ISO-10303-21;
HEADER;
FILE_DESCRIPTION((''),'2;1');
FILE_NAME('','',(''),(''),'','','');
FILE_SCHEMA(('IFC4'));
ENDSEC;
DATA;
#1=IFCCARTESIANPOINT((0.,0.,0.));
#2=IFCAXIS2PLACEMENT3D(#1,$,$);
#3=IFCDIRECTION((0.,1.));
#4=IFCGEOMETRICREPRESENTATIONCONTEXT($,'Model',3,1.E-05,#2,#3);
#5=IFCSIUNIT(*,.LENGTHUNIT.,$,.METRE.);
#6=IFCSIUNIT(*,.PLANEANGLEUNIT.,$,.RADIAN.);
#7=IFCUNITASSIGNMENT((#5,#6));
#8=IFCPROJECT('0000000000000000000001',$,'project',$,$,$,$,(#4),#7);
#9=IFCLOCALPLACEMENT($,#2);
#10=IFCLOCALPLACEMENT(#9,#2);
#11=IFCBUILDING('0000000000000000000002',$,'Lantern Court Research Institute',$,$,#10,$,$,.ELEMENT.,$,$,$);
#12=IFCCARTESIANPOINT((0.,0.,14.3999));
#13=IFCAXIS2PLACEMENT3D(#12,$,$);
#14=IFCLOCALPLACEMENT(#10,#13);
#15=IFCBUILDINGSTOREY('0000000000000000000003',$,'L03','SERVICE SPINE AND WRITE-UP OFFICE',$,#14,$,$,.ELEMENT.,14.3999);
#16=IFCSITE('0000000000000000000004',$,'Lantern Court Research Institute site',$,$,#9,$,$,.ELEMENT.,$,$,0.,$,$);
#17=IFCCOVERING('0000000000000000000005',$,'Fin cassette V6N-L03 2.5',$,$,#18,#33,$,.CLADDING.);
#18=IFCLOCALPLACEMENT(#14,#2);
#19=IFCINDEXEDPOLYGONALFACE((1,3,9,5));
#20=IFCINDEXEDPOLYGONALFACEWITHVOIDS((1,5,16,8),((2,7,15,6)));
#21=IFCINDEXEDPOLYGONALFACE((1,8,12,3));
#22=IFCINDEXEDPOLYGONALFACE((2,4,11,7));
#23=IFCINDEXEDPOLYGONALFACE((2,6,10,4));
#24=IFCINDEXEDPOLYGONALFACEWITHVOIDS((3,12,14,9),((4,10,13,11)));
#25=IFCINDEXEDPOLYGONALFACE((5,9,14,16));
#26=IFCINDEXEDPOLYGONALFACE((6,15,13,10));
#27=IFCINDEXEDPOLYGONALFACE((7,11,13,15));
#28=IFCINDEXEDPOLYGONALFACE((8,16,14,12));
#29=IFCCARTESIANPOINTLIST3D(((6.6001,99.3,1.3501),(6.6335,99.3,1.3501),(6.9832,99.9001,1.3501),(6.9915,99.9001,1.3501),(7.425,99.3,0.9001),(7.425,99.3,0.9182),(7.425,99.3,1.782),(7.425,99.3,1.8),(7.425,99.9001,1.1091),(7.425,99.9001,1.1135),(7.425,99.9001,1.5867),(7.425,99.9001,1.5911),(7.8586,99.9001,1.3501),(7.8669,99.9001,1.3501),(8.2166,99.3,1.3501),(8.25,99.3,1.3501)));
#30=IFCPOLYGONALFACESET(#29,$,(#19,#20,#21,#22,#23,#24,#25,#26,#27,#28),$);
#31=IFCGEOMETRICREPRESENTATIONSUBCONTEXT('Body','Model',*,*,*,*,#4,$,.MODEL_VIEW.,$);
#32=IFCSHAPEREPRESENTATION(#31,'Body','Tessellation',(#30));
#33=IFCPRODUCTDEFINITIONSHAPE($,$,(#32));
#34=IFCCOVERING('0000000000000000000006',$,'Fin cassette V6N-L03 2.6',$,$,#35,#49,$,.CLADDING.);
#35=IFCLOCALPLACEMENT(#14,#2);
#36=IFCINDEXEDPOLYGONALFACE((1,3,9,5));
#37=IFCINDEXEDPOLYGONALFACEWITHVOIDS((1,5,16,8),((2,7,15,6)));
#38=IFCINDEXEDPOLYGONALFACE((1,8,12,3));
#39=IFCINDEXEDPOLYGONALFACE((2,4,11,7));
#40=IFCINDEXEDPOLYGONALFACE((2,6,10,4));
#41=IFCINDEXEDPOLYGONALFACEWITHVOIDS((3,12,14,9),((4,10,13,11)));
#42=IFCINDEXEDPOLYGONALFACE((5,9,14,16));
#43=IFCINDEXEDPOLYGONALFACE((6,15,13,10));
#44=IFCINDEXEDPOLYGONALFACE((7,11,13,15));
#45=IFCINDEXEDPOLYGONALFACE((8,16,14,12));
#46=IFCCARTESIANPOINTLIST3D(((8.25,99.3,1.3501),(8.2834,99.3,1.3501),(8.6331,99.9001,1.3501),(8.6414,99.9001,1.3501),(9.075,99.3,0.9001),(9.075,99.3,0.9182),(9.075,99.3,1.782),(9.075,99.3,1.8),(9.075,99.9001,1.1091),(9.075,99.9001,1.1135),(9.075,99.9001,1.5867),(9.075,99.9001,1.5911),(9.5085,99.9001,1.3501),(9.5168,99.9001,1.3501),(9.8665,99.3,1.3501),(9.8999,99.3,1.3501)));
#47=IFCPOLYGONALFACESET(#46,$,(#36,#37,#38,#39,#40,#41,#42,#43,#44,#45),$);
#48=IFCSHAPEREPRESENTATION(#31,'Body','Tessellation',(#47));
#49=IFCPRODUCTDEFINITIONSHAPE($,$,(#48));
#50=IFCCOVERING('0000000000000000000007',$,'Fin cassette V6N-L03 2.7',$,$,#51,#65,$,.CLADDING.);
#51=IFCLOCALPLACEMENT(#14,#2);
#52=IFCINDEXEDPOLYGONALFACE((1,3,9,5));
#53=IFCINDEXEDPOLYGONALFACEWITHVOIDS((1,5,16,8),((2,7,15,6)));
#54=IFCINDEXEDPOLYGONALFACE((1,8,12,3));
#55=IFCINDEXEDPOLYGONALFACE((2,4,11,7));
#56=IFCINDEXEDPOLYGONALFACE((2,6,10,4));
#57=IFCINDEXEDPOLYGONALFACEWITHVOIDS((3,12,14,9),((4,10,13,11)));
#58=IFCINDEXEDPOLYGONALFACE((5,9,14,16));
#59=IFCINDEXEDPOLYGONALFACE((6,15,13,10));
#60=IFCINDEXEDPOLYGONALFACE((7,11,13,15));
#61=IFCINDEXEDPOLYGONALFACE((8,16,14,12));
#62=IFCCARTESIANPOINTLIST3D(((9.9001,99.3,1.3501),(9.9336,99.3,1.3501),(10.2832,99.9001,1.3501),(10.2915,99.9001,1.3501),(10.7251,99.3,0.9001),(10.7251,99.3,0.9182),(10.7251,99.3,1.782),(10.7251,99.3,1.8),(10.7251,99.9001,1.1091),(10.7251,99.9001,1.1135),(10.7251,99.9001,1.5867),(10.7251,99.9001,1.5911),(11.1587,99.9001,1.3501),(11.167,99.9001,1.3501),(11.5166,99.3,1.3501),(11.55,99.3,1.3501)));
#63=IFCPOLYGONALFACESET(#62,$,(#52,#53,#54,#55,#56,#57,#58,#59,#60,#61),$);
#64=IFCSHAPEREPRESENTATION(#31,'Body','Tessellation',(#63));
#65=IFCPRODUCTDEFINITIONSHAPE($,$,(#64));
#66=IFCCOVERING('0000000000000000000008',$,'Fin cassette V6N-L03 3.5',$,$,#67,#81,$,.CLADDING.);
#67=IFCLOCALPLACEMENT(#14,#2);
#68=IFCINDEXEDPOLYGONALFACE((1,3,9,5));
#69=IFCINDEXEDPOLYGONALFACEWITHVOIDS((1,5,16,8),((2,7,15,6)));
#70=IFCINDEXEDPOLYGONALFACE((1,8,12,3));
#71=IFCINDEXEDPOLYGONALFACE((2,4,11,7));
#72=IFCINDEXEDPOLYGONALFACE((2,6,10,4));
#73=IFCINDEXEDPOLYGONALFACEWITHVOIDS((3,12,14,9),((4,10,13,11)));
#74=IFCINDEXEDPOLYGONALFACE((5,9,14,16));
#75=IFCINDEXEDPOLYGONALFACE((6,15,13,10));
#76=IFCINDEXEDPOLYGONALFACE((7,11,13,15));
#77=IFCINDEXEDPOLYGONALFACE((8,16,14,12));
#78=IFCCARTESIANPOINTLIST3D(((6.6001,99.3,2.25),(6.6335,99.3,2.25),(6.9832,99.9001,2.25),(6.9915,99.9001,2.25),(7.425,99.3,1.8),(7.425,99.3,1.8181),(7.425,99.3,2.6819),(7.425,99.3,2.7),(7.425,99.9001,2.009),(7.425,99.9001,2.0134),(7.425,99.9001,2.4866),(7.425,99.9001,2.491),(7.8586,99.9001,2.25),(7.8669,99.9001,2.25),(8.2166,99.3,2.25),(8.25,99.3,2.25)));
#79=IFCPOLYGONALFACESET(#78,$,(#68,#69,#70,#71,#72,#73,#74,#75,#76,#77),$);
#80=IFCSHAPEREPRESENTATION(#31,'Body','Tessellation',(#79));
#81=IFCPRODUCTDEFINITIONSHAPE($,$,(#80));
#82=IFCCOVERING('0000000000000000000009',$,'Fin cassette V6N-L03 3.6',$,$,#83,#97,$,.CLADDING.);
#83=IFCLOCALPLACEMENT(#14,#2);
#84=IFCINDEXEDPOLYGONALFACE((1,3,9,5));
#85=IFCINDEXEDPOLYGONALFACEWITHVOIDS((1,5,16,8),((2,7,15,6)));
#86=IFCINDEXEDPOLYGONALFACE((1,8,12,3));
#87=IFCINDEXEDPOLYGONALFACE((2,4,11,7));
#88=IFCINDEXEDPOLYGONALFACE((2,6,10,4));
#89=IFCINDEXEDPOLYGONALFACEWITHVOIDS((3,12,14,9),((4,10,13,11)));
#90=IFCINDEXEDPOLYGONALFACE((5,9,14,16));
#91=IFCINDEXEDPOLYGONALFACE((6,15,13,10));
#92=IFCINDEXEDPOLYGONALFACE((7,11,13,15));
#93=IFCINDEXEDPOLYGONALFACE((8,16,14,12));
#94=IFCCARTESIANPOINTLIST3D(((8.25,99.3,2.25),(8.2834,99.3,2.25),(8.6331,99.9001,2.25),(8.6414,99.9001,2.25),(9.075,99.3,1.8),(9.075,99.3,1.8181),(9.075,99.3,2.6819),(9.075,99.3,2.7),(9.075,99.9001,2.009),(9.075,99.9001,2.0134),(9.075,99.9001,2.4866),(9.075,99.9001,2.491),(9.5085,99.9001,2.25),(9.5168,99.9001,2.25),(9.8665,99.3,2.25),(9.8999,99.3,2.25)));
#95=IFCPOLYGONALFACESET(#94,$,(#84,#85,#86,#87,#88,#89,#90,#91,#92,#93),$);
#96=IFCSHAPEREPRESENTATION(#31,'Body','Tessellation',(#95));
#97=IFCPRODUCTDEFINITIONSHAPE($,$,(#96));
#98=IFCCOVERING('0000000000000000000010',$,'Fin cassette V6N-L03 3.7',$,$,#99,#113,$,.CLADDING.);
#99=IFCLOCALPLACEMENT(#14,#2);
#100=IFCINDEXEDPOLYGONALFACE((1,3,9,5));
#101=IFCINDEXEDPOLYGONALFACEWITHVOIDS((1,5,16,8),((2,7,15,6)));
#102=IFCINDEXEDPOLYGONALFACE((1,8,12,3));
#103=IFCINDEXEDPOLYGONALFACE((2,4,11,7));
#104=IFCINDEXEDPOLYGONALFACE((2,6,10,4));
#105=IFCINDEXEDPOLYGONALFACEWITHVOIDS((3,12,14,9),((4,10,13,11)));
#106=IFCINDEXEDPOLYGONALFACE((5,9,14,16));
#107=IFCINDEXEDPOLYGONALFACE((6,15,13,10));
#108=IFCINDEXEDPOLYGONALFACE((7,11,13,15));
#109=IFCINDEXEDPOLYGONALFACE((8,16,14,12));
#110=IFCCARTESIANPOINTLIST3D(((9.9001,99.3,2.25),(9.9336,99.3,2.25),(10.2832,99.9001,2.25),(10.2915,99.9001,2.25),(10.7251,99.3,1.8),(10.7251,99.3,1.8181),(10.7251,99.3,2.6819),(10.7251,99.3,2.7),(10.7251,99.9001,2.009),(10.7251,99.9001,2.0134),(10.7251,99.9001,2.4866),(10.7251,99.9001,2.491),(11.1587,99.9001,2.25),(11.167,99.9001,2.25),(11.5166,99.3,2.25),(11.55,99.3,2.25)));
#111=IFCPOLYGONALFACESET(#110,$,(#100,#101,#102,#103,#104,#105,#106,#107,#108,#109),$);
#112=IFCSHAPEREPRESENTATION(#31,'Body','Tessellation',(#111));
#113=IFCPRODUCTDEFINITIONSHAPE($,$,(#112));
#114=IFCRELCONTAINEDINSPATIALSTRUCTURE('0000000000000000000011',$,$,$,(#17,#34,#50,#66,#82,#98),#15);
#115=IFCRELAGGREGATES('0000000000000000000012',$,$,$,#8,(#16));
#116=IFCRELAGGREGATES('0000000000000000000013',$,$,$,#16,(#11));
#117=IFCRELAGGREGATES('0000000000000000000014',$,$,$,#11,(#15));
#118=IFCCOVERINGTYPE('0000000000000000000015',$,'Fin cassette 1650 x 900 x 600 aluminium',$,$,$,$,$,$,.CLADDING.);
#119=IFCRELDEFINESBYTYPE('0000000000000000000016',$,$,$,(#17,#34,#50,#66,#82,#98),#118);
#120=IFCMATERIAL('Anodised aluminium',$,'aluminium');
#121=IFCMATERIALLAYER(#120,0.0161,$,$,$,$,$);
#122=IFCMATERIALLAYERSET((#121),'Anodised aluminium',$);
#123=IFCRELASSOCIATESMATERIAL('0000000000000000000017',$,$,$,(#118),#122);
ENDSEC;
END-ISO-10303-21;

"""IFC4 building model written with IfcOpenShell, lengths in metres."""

from ifc_helpers import new_model, entity, si_unit, direction, frame, origin, place, context, subcontext, project, spatial, material, layer, layer_set, type_object, element, save


model = new_model("IFC4")

# Units and contexts
model_context = context("Model", 3, precision=1e-05, world=origin(), true_north=direction((0.0, 1.0)))
body_context = subcontext(model_context, "Body", "Model", "MODEL_VIEW")
ifc_project = project(units=[si_unit("LENGTHUNIT", "METRE"), si_unit("PLANEANGLEUNIT", "RADIAN")], contexts=[model_context])

# Site, building, storey
site_placement = place(None, origin())
site = spatial("IfcSite", under=ifc_project, at=site_placement, Name="Lantern Court Research Institute site", CompositionType="ELEMENT", RefElevation=0.0)
building_placement = place(site_placement, origin())
building = spatial("IfcBuilding", under=site, at=building_placement, Name="Lantern Court Research Institute", CompositionType="ELEMENT")
storey_placement = place(building_placement, frame((0.0, 0.0, 14.3999)))
storey = spatial("IfcBuildingStorey", under=building, at=storey_placement, Name="L03", Description="SERVICE SPINE AND WRITE-UP OFFICE", CompositionType="ELEMENT", Elevation=14.3999)

# Coverings
ifc_material_1 = material(Name="Anodised aluminium", Category="aluminium")
ifc_layer_1 = layer(ifc_material_1, 0.0161)
ifc_layer_set_1 = layer_set([ifc_layer_1], Name="Anodised aluminium")
covering_type = type_object("IfcCoveringType", Name="Fin cassette 1650 x 900 x 600 aluminium", PredefinedType="CLADDING", material=ifc_layer_set_1)
covering_1_placement = place(storey_placement, frame((7.425, 99.3, 1.3501), z_axis=(0.0, 1.0, 0.0), x_axis=(-1.0, 0.0, 0.0)))
cartesian_point_1 = entity("IfcCartesianPoint", [0.825, 0.0])
cartesian_point_2 = entity("IfcCartesianPoint", [0.7915, 0.0])
cartesian_point_3 = entity("IfcCartesianPoint", [0.4419, 0.0])
cartesian_point_4 = entity("IfcCartesianPoint", [0.4336, 0.0])
element("IfcCovering", 1, at=covering_1_placement, inside=storey, type_object=covering_type, Name="Fin cassette V6N-L03 2.5", PredefinedType="CLADDING", context=body_context, shape_type="SweptSolid", body=[
    entity("IfcExtrudedAreaSolidTapered", entity("IfcArbitraryProfileDefWithVoids", "AREA", None, entity("IfcPolyline", [cartesian_point_1, entity("IfcCartesianPoint", [0.0, 0.45]), entity("IfcCartesianPoint", [-0.825, 0.0]), entity("IfcCartesianPoint", [0.0, -0.45]), cartesian_point_1]), [entity("IfcPolyline", [cartesian_point_2, entity("IfcCartesianPoint", [0.0, 0.4319]), entity("IfcCartesianPoint", [-0.7915, 0.0]), entity("IfcCartesianPoint", [0.0, -0.4319]), cartesian_point_2])]), entity("IfcAxis2Placement3D", entity("IfcCartesianPoint", [0.0, 0.0, 0.0])), entity("IfcDirection", [0.0, 0.0, 1.0]), 0.6001, entity("IfcArbitraryProfileDefWithVoids", "AREA", None, entity("IfcPolyline", [cartesian_point_3, entity("IfcCartesianPoint", [0.0, 0.241]), entity("IfcCartesianPoint", [-0.4419, 0.0]), entity("IfcCartesianPoint", [0.0, -0.241]), cartesian_point_3]), [entity("IfcPolyline", [cartesian_point_4, entity("IfcCartesianPoint", [0.0, 0.2366]), entity("IfcCartesianPoint", [-0.4336, 0.0]), entity("IfcCartesianPoint", [0.0, -0.2366]), cartesian_point_4])])),
])
covering_2_placement = place(storey_placement, frame((9.075, 99.3, 1.3501), z_axis=(0.0, 1.0, 0.0), x_axis=(-1.0, 0.0, 0.0)))
cartesian_point_5 = entity("IfcCartesianPoint", [0.825, 0.0])
cartesian_point_6 = entity("IfcCartesianPoint", [0.7915, 0.0])
cartesian_point_7 = entity("IfcCartesianPoint", [0.4419, 0.0])
cartesian_point_8 = entity("IfcCartesianPoint", [0.4336, 0.0])
element("IfcCovering", 2, at=covering_2_placement, inside=storey, type_object=covering_type, Name="Fin cassette V6N-L03 2.6", PredefinedType="CLADDING", context=body_context, shape_type="SweptSolid", body=[
    entity("IfcExtrudedAreaSolidTapered", entity("IfcArbitraryProfileDefWithVoids", "AREA", None, entity("IfcPolyline", [cartesian_point_5, entity("IfcCartesianPoint", [0.0, 0.45]), entity("IfcCartesianPoint", [-0.825, 0.0]), entity("IfcCartesianPoint", [0.0, -0.45]), cartesian_point_5]), [entity("IfcPolyline", [cartesian_point_6, entity("IfcCartesianPoint", [0.0, 0.4319]), entity("IfcCartesianPoint", [-0.7915, 0.0]), entity("IfcCartesianPoint", [0.0, -0.4319]), cartesian_point_6])]), entity("IfcAxis2Placement3D", entity("IfcCartesianPoint", [0.0, 0.0, 0.0])), entity("IfcDirection", [0.0, 0.0, 1.0]), 0.6001, entity("IfcArbitraryProfileDefWithVoids", "AREA", None, entity("IfcPolyline", [cartesian_point_7, entity("IfcCartesianPoint", [0.0, 0.241]), entity("IfcCartesianPoint", [-0.4419, 0.0]), entity("IfcCartesianPoint", [0.0, -0.241]), cartesian_point_7]), [entity("IfcPolyline", [cartesian_point_8, entity("IfcCartesianPoint", [0.0, 0.2366]), entity("IfcCartesianPoint", [-0.4336, 0.0]), entity("IfcCartesianPoint", [0.0, -0.2366]), cartesian_point_8])])),
])
covering_3_placement = place(storey_placement, frame((10.7251, 99.3, 1.3501), z_axis=(0.0, 1.0, 0.0), x_axis=(-1.0, 0.0, 0.0)))
cartesian_point_9 = entity("IfcCartesianPoint", [0.825, 0.0])
cartesian_point_10 = entity("IfcCartesianPoint", [0.7915, 0.0])
cartesian_point_11 = entity("IfcCartesianPoint", [0.4419, 0.0])
cartesian_point_12 = entity("IfcCartesianPoint", [0.4336, 0.0])
element("IfcCovering", 3, at=covering_3_placement, inside=storey, type_object=covering_type, Name="Fin cassette V6N-L03 2.7", PredefinedType="CLADDING", context=body_context, shape_type="SweptSolid", body=[
    entity("IfcExtrudedAreaSolidTapered", entity("IfcArbitraryProfileDefWithVoids", "AREA", None, entity("IfcPolyline", [cartesian_point_9, entity("IfcCartesianPoint", [0.0, 0.45]), entity("IfcCartesianPoint", [-0.825, 0.0]), entity("IfcCartesianPoint", [0.0, -0.45]), cartesian_point_9]), [entity("IfcPolyline", [cartesian_point_10, entity("IfcCartesianPoint", [0.0, 0.4319]), entity("IfcCartesianPoint", [-0.7915, 0.0]), entity("IfcCartesianPoint", [0.0, -0.4319]), cartesian_point_10])]), entity("IfcAxis2Placement3D", entity("IfcCartesianPoint", [0.0, 0.0, 0.0])), entity("IfcDirection", [0.0, 0.0, 1.0]), 0.6001, entity("IfcArbitraryProfileDefWithVoids", "AREA", None, entity("IfcPolyline", [cartesian_point_11, entity("IfcCartesianPoint", [0.0, 0.241]), entity("IfcCartesianPoint", [-0.4419, 0.0]), entity("IfcCartesianPoint", [0.0, -0.241]), cartesian_point_11]), [entity("IfcPolyline", [cartesian_point_12, entity("IfcCartesianPoint", [0.0, 0.2366]), entity("IfcCartesianPoint", [-0.4336, 0.0]), entity("IfcCartesianPoint", [0.0, -0.2366]), cartesian_point_12])])),
])
covering_4_placement = place(storey_placement, frame((7.425, 99.3, 2.25), z_axis=(0.0, 1.0, 0.0), x_axis=(-1.0, 0.0, 0.0)))
cartesian_point_13 = entity("IfcCartesianPoint", [0.825, 0.0])
cartesian_point_14 = entity("IfcCartesianPoint", [0.7915, 0.0])
cartesian_point_15 = entity("IfcCartesianPoint", [0.4419, 0.0])
cartesian_point_16 = entity("IfcCartesianPoint", [0.4336, 0.0])
element("IfcCovering", 4, at=covering_4_placement, inside=storey, type_object=covering_type, Name="Fin cassette V6N-L03 3.5", PredefinedType="CLADDING", context=body_context, shape_type="SweptSolid", body=[
    entity("IfcExtrudedAreaSolidTapered", entity("IfcArbitraryProfileDefWithVoids", "AREA", None, entity("IfcPolyline", [cartesian_point_13, entity("IfcCartesianPoint", [0.0, 0.45]), entity("IfcCartesianPoint", [-0.825, 0.0]), entity("IfcCartesianPoint", [0.0, -0.45]), cartesian_point_13]), [entity("IfcPolyline", [cartesian_point_14, entity("IfcCartesianPoint", [0.0, 0.4319]), entity("IfcCartesianPoint", [-0.7915, 0.0]), entity("IfcCartesianPoint", [0.0, -0.4319]), cartesian_point_14])]), entity("IfcAxis2Placement3D", entity("IfcCartesianPoint", [0.0, 0.0, 0.0])), entity("IfcDirection", [0.0, 0.0, 1.0]), 0.6001, entity("IfcArbitraryProfileDefWithVoids", "AREA", None, entity("IfcPolyline", [cartesian_point_15, entity("IfcCartesianPoint", [0.0, 0.241]), entity("IfcCartesianPoint", [-0.4419, 0.0]), entity("IfcCartesianPoint", [0.0, -0.241]), cartesian_point_15]), [entity("IfcPolyline", [cartesian_point_16, entity("IfcCartesianPoint", [0.0, 0.2366]), entity("IfcCartesianPoint", [-0.4336, 0.0]), entity("IfcCartesianPoint", [0.0, -0.2366]), cartesian_point_16])])),
])
covering_5_placement = place(storey_placement, frame((9.075, 99.3, 2.25), z_axis=(0.0, 1.0, 0.0), x_axis=(-1.0, 0.0, 0.0)))
cartesian_point_17 = entity("IfcCartesianPoint", [0.825, 0.0])
cartesian_point_18 = entity("IfcCartesianPoint", [0.7915, 0.0])
cartesian_point_19 = entity("IfcCartesianPoint", [0.4419, 0.0])
cartesian_point_20 = entity("IfcCartesianPoint", [0.4336, 0.0])
element("IfcCovering", 5, at=covering_5_placement, inside=storey, type_object=covering_type, Name="Fin cassette V6N-L03 3.6", PredefinedType="CLADDING", context=body_context, shape_type="SweptSolid", body=[
    entity("IfcExtrudedAreaSolidTapered", entity("IfcArbitraryProfileDefWithVoids", "AREA", None, entity("IfcPolyline", [cartesian_point_17, entity("IfcCartesianPoint", [0.0, 0.45]), entity("IfcCartesianPoint", [-0.825, 0.0]), entity("IfcCartesianPoint", [0.0, -0.45]), cartesian_point_17]), [entity("IfcPolyline", [cartesian_point_18, entity("IfcCartesianPoint", [0.0, 0.4319]), entity("IfcCartesianPoint", [-0.7915, 0.0]), entity("IfcCartesianPoint", [0.0, -0.4319]), cartesian_point_18])]), entity("IfcAxis2Placement3D", entity("IfcCartesianPoint", [0.0, 0.0, 0.0])), entity("IfcDirection", [0.0, 0.0, 1.0]), 0.6001, entity("IfcArbitraryProfileDefWithVoids", "AREA", None, entity("IfcPolyline", [cartesian_point_19, entity("IfcCartesianPoint", [0.0, 0.241]), entity("IfcCartesianPoint", [-0.4419, 0.0]), entity("IfcCartesianPoint", [0.0, -0.241]), cartesian_point_19]), [entity("IfcPolyline", [cartesian_point_20, entity("IfcCartesianPoint", [0.0, 0.2366]), entity("IfcCartesianPoint", [-0.4336, 0.0]), entity("IfcCartesianPoint", [0.0, -0.2366]), cartesian_point_20])])),
])
covering_6_placement = place(storey_placement, frame((10.7251, 99.3, 2.25), z_axis=(0.0, 1.0, 0.0), x_axis=(-1.0, 0.0, 0.0)))
cartesian_point_21 = entity("IfcCartesianPoint", [0.825, 0.0])
cartesian_point_22 = entity("IfcCartesianPoint", [0.7915, 0.0])
cartesian_point_23 = entity("IfcCartesianPoint", [0.4419, 0.0])
cartesian_point_24 = entity("IfcCartesianPoint", [0.4336, 0.0])
element("IfcCovering", 6, at=covering_6_placement, inside=storey, type_object=covering_type, Name="Fin cassette V6N-L03 3.7", PredefinedType="CLADDING", context=body_context, shape_type="SweptSolid", body=[
    entity("IfcExtrudedAreaSolidTapered", entity("IfcArbitraryProfileDefWithVoids", "AREA", None, entity("IfcPolyline", [cartesian_point_21, entity("IfcCartesianPoint", [0.0, 0.45]), entity("IfcCartesianPoint", [-0.825, 0.0]), entity("IfcCartesianPoint", [0.0, -0.45]), cartesian_point_21]), [entity("IfcPolyline", [cartesian_point_22, entity("IfcCartesianPoint", [0.0, 0.4319]), entity("IfcCartesianPoint", [-0.7915, 0.0]), entity("IfcCartesianPoint", [0.0, -0.4319]), cartesian_point_22])]), entity("IfcAxis2Placement3D", entity("IfcCartesianPoint", [0.0, 0.0, 0.0])), entity("IfcDirection", [0.0, 0.0, 1.0]), 0.6001, entity("IfcArbitraryProfileDefWithVoids", "AREA", None, entity("IfcPolyline", [cartesian_point_23, entity("IfcCartesianPoint", [0.0, 0.241]), entity("IfcCartesianPoint", [-0.4419, 0.0]), entity("IfcCartesianPoint", [0.0, -0.241]), cartesian_point_23]), [entity("IfcPolyline", [cartesian_point_24, entity("IfcCartesianPoint", [0.0, 0.2366]), entity("IfcCartesianPoint", [-0.4336, 0.0]), entity("IfcCartesianPoint", [0.0, -0.2366]), cartesian_point_24])])),
])

save(model, "model.ifc")
